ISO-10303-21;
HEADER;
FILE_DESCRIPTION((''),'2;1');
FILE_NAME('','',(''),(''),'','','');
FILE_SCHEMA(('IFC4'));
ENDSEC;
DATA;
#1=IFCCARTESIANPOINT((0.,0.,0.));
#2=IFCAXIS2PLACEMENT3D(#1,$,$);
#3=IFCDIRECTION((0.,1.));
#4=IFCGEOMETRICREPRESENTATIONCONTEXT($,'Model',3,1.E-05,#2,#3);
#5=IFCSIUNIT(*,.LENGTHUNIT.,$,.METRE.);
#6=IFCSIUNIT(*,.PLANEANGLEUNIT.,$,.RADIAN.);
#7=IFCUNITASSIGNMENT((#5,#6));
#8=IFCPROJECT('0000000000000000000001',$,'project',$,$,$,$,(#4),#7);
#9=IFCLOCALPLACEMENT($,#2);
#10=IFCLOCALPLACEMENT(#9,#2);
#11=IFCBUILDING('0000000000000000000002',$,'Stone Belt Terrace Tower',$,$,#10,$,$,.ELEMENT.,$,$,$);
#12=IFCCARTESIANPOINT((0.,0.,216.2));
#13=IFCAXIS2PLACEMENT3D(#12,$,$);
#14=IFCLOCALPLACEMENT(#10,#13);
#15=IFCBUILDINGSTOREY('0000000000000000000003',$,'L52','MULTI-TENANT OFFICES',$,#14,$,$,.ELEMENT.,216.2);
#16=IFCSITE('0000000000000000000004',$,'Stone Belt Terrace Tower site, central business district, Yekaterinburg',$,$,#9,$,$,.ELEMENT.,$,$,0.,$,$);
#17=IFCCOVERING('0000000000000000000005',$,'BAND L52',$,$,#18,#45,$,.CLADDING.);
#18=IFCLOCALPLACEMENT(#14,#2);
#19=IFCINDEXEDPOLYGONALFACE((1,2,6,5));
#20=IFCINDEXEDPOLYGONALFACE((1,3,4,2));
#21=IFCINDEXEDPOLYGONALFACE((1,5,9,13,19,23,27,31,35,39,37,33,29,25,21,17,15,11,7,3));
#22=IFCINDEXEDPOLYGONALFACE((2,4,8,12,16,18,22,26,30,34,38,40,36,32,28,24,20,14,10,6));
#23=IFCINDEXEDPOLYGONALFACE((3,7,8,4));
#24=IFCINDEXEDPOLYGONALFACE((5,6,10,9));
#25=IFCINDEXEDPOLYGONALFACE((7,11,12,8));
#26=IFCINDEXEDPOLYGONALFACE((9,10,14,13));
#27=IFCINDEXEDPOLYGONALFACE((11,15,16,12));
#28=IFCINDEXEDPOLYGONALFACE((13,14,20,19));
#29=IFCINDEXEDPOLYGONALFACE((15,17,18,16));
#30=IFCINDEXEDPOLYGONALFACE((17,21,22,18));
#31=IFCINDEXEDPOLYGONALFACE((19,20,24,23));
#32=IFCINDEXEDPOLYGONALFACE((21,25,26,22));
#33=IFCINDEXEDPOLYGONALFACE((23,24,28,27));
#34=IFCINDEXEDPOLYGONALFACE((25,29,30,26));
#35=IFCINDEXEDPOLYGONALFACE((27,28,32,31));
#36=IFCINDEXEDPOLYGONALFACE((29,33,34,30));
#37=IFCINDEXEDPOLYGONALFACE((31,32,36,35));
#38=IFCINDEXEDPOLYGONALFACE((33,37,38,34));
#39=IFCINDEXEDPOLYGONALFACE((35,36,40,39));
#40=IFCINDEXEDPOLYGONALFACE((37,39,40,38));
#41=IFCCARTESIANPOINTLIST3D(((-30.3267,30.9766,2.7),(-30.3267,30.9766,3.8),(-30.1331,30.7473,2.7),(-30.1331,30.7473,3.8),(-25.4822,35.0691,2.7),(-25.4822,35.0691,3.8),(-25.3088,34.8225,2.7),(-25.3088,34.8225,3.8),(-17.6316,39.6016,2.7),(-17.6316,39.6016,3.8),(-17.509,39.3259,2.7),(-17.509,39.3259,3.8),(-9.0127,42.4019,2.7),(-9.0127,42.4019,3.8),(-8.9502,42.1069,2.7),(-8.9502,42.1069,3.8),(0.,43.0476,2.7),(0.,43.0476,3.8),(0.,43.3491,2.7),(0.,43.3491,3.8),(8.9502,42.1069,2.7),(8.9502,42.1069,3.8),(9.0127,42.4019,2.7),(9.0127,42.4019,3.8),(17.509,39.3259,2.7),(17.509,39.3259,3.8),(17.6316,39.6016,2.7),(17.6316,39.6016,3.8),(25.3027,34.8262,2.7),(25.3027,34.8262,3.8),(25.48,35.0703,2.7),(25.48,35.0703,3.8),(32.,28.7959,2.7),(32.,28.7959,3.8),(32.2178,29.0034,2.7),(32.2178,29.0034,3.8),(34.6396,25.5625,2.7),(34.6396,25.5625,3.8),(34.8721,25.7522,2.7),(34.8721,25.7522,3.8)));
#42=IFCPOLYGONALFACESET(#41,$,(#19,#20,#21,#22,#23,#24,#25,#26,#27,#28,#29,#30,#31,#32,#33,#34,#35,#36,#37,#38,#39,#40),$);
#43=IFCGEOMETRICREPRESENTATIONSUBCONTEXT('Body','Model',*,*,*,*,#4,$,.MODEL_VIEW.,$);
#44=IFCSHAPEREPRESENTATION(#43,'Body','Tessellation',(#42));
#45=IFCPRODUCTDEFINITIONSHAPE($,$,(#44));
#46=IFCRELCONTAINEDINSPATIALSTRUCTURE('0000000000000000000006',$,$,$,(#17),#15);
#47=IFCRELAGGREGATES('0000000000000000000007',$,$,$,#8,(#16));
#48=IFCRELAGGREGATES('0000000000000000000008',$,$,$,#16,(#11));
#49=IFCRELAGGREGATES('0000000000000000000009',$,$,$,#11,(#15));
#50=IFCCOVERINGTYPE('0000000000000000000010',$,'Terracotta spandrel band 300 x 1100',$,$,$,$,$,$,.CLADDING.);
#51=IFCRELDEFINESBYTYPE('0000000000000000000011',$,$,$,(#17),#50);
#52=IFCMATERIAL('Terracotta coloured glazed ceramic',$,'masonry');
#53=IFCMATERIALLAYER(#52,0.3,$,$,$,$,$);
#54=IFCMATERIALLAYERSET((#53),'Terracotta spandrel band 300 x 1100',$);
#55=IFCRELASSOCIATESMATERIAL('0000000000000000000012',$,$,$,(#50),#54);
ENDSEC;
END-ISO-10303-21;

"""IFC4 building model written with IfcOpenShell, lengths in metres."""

from ifc_helpers import new_model, si_unit, direction, frame, origin, place, context, subcontext, project, spatial, polyline, outline, extrude, material, layer, layer_set, type_object, element, save


model = new_model("IFC4")

# Units and contexts
model_context = context("Model", 3, precision=1e-05, world=origin(), true_north=direction((0.0, 1.0)))
body_context = subcontext(model_context, "Body", "Model", "MODEL_VIEW")
ifc_project = project(units=[si_unit("LENGTHUNIT", "METRE"), si_unit("PLANEANGLEUNIT", "RADIAN")], contexts=[model_context])

# Site, building, storey
site_placement = place(None, origin())
site = spatial("IfcSite", under=ifc_project, at=site_placement, Name="Stone Belt Terrace Tower site, central business district, Yekaterinburg", CompositionType="ELEMENT", RefElevation=0.0)
building_placement = place(site_placement, origin())
building = spatial("IfcBuilding", under=site, at=building_placement, Name="Stone Belt Terrace Tower", CompositionType="ELEMENT")
storey_placement = place(building_placement, frame((0.0, 0.0, 216.2)))
storey = spatial("IfcBuildingStorey", under=building, at=storey_placement, Name="L52", Description="MULTI-TENANT OFFICES", CompositionType="ELEMENT", Elevation=216.2)

# Covering
ifc_material_1 = material(Name="Terracotta coloured glazed ceramic", Category="masonry")
ifc_layer_1 = layer(ifc_material_1, 0.3)
ifc_layer_set_1 = layer_set([ifc_layer_1], Name="Terracotta spandrel band 300 x 1100")
covering_type = type_object("IfcCoveringType", Name="Terracotta spandrel band 300 x 1100", PredefinedType="CLADDING", material=ifc_layer_set_1)
covering_placement = place(storey_placement, frame((0.0, 0.0, 2.7)))
element("IfcCovering", 1, at=covering_placement, inside=storey, type_object=covering_type, Name="BAND L52", PredefinedType="CLADDING", context=body_context, shape_type="SweptSolid", body=[
    extrude(outline(polyline([(-30.3267, 30.9766), (-25.4822, 35.0691), (-17.6316, 39.6016), (-9.0127, 42.4019), (0.0, 43.3491), (9.0127, 42.4019), (17.6316, 39.6016), (25.48, 35.0703), (32.2178, 29.0034), (34.8721, 25.7522), (34.6396, 25.5625), (32.0, 28.7959), (25.3027, 34.8262), (17.509, 39.3259), (8.9502, 42.1069), (0.0, 43.0476), (-8.9502, 42.1069), (-17.509, 39.3259), (-25.3088, 34.8225), (-30.1331, 30.7473), (-30.3267, 30.9766)])), origin(), (0.0, 0.0, 1.0), 1.1001),
])

save(model, "model.ifc")
